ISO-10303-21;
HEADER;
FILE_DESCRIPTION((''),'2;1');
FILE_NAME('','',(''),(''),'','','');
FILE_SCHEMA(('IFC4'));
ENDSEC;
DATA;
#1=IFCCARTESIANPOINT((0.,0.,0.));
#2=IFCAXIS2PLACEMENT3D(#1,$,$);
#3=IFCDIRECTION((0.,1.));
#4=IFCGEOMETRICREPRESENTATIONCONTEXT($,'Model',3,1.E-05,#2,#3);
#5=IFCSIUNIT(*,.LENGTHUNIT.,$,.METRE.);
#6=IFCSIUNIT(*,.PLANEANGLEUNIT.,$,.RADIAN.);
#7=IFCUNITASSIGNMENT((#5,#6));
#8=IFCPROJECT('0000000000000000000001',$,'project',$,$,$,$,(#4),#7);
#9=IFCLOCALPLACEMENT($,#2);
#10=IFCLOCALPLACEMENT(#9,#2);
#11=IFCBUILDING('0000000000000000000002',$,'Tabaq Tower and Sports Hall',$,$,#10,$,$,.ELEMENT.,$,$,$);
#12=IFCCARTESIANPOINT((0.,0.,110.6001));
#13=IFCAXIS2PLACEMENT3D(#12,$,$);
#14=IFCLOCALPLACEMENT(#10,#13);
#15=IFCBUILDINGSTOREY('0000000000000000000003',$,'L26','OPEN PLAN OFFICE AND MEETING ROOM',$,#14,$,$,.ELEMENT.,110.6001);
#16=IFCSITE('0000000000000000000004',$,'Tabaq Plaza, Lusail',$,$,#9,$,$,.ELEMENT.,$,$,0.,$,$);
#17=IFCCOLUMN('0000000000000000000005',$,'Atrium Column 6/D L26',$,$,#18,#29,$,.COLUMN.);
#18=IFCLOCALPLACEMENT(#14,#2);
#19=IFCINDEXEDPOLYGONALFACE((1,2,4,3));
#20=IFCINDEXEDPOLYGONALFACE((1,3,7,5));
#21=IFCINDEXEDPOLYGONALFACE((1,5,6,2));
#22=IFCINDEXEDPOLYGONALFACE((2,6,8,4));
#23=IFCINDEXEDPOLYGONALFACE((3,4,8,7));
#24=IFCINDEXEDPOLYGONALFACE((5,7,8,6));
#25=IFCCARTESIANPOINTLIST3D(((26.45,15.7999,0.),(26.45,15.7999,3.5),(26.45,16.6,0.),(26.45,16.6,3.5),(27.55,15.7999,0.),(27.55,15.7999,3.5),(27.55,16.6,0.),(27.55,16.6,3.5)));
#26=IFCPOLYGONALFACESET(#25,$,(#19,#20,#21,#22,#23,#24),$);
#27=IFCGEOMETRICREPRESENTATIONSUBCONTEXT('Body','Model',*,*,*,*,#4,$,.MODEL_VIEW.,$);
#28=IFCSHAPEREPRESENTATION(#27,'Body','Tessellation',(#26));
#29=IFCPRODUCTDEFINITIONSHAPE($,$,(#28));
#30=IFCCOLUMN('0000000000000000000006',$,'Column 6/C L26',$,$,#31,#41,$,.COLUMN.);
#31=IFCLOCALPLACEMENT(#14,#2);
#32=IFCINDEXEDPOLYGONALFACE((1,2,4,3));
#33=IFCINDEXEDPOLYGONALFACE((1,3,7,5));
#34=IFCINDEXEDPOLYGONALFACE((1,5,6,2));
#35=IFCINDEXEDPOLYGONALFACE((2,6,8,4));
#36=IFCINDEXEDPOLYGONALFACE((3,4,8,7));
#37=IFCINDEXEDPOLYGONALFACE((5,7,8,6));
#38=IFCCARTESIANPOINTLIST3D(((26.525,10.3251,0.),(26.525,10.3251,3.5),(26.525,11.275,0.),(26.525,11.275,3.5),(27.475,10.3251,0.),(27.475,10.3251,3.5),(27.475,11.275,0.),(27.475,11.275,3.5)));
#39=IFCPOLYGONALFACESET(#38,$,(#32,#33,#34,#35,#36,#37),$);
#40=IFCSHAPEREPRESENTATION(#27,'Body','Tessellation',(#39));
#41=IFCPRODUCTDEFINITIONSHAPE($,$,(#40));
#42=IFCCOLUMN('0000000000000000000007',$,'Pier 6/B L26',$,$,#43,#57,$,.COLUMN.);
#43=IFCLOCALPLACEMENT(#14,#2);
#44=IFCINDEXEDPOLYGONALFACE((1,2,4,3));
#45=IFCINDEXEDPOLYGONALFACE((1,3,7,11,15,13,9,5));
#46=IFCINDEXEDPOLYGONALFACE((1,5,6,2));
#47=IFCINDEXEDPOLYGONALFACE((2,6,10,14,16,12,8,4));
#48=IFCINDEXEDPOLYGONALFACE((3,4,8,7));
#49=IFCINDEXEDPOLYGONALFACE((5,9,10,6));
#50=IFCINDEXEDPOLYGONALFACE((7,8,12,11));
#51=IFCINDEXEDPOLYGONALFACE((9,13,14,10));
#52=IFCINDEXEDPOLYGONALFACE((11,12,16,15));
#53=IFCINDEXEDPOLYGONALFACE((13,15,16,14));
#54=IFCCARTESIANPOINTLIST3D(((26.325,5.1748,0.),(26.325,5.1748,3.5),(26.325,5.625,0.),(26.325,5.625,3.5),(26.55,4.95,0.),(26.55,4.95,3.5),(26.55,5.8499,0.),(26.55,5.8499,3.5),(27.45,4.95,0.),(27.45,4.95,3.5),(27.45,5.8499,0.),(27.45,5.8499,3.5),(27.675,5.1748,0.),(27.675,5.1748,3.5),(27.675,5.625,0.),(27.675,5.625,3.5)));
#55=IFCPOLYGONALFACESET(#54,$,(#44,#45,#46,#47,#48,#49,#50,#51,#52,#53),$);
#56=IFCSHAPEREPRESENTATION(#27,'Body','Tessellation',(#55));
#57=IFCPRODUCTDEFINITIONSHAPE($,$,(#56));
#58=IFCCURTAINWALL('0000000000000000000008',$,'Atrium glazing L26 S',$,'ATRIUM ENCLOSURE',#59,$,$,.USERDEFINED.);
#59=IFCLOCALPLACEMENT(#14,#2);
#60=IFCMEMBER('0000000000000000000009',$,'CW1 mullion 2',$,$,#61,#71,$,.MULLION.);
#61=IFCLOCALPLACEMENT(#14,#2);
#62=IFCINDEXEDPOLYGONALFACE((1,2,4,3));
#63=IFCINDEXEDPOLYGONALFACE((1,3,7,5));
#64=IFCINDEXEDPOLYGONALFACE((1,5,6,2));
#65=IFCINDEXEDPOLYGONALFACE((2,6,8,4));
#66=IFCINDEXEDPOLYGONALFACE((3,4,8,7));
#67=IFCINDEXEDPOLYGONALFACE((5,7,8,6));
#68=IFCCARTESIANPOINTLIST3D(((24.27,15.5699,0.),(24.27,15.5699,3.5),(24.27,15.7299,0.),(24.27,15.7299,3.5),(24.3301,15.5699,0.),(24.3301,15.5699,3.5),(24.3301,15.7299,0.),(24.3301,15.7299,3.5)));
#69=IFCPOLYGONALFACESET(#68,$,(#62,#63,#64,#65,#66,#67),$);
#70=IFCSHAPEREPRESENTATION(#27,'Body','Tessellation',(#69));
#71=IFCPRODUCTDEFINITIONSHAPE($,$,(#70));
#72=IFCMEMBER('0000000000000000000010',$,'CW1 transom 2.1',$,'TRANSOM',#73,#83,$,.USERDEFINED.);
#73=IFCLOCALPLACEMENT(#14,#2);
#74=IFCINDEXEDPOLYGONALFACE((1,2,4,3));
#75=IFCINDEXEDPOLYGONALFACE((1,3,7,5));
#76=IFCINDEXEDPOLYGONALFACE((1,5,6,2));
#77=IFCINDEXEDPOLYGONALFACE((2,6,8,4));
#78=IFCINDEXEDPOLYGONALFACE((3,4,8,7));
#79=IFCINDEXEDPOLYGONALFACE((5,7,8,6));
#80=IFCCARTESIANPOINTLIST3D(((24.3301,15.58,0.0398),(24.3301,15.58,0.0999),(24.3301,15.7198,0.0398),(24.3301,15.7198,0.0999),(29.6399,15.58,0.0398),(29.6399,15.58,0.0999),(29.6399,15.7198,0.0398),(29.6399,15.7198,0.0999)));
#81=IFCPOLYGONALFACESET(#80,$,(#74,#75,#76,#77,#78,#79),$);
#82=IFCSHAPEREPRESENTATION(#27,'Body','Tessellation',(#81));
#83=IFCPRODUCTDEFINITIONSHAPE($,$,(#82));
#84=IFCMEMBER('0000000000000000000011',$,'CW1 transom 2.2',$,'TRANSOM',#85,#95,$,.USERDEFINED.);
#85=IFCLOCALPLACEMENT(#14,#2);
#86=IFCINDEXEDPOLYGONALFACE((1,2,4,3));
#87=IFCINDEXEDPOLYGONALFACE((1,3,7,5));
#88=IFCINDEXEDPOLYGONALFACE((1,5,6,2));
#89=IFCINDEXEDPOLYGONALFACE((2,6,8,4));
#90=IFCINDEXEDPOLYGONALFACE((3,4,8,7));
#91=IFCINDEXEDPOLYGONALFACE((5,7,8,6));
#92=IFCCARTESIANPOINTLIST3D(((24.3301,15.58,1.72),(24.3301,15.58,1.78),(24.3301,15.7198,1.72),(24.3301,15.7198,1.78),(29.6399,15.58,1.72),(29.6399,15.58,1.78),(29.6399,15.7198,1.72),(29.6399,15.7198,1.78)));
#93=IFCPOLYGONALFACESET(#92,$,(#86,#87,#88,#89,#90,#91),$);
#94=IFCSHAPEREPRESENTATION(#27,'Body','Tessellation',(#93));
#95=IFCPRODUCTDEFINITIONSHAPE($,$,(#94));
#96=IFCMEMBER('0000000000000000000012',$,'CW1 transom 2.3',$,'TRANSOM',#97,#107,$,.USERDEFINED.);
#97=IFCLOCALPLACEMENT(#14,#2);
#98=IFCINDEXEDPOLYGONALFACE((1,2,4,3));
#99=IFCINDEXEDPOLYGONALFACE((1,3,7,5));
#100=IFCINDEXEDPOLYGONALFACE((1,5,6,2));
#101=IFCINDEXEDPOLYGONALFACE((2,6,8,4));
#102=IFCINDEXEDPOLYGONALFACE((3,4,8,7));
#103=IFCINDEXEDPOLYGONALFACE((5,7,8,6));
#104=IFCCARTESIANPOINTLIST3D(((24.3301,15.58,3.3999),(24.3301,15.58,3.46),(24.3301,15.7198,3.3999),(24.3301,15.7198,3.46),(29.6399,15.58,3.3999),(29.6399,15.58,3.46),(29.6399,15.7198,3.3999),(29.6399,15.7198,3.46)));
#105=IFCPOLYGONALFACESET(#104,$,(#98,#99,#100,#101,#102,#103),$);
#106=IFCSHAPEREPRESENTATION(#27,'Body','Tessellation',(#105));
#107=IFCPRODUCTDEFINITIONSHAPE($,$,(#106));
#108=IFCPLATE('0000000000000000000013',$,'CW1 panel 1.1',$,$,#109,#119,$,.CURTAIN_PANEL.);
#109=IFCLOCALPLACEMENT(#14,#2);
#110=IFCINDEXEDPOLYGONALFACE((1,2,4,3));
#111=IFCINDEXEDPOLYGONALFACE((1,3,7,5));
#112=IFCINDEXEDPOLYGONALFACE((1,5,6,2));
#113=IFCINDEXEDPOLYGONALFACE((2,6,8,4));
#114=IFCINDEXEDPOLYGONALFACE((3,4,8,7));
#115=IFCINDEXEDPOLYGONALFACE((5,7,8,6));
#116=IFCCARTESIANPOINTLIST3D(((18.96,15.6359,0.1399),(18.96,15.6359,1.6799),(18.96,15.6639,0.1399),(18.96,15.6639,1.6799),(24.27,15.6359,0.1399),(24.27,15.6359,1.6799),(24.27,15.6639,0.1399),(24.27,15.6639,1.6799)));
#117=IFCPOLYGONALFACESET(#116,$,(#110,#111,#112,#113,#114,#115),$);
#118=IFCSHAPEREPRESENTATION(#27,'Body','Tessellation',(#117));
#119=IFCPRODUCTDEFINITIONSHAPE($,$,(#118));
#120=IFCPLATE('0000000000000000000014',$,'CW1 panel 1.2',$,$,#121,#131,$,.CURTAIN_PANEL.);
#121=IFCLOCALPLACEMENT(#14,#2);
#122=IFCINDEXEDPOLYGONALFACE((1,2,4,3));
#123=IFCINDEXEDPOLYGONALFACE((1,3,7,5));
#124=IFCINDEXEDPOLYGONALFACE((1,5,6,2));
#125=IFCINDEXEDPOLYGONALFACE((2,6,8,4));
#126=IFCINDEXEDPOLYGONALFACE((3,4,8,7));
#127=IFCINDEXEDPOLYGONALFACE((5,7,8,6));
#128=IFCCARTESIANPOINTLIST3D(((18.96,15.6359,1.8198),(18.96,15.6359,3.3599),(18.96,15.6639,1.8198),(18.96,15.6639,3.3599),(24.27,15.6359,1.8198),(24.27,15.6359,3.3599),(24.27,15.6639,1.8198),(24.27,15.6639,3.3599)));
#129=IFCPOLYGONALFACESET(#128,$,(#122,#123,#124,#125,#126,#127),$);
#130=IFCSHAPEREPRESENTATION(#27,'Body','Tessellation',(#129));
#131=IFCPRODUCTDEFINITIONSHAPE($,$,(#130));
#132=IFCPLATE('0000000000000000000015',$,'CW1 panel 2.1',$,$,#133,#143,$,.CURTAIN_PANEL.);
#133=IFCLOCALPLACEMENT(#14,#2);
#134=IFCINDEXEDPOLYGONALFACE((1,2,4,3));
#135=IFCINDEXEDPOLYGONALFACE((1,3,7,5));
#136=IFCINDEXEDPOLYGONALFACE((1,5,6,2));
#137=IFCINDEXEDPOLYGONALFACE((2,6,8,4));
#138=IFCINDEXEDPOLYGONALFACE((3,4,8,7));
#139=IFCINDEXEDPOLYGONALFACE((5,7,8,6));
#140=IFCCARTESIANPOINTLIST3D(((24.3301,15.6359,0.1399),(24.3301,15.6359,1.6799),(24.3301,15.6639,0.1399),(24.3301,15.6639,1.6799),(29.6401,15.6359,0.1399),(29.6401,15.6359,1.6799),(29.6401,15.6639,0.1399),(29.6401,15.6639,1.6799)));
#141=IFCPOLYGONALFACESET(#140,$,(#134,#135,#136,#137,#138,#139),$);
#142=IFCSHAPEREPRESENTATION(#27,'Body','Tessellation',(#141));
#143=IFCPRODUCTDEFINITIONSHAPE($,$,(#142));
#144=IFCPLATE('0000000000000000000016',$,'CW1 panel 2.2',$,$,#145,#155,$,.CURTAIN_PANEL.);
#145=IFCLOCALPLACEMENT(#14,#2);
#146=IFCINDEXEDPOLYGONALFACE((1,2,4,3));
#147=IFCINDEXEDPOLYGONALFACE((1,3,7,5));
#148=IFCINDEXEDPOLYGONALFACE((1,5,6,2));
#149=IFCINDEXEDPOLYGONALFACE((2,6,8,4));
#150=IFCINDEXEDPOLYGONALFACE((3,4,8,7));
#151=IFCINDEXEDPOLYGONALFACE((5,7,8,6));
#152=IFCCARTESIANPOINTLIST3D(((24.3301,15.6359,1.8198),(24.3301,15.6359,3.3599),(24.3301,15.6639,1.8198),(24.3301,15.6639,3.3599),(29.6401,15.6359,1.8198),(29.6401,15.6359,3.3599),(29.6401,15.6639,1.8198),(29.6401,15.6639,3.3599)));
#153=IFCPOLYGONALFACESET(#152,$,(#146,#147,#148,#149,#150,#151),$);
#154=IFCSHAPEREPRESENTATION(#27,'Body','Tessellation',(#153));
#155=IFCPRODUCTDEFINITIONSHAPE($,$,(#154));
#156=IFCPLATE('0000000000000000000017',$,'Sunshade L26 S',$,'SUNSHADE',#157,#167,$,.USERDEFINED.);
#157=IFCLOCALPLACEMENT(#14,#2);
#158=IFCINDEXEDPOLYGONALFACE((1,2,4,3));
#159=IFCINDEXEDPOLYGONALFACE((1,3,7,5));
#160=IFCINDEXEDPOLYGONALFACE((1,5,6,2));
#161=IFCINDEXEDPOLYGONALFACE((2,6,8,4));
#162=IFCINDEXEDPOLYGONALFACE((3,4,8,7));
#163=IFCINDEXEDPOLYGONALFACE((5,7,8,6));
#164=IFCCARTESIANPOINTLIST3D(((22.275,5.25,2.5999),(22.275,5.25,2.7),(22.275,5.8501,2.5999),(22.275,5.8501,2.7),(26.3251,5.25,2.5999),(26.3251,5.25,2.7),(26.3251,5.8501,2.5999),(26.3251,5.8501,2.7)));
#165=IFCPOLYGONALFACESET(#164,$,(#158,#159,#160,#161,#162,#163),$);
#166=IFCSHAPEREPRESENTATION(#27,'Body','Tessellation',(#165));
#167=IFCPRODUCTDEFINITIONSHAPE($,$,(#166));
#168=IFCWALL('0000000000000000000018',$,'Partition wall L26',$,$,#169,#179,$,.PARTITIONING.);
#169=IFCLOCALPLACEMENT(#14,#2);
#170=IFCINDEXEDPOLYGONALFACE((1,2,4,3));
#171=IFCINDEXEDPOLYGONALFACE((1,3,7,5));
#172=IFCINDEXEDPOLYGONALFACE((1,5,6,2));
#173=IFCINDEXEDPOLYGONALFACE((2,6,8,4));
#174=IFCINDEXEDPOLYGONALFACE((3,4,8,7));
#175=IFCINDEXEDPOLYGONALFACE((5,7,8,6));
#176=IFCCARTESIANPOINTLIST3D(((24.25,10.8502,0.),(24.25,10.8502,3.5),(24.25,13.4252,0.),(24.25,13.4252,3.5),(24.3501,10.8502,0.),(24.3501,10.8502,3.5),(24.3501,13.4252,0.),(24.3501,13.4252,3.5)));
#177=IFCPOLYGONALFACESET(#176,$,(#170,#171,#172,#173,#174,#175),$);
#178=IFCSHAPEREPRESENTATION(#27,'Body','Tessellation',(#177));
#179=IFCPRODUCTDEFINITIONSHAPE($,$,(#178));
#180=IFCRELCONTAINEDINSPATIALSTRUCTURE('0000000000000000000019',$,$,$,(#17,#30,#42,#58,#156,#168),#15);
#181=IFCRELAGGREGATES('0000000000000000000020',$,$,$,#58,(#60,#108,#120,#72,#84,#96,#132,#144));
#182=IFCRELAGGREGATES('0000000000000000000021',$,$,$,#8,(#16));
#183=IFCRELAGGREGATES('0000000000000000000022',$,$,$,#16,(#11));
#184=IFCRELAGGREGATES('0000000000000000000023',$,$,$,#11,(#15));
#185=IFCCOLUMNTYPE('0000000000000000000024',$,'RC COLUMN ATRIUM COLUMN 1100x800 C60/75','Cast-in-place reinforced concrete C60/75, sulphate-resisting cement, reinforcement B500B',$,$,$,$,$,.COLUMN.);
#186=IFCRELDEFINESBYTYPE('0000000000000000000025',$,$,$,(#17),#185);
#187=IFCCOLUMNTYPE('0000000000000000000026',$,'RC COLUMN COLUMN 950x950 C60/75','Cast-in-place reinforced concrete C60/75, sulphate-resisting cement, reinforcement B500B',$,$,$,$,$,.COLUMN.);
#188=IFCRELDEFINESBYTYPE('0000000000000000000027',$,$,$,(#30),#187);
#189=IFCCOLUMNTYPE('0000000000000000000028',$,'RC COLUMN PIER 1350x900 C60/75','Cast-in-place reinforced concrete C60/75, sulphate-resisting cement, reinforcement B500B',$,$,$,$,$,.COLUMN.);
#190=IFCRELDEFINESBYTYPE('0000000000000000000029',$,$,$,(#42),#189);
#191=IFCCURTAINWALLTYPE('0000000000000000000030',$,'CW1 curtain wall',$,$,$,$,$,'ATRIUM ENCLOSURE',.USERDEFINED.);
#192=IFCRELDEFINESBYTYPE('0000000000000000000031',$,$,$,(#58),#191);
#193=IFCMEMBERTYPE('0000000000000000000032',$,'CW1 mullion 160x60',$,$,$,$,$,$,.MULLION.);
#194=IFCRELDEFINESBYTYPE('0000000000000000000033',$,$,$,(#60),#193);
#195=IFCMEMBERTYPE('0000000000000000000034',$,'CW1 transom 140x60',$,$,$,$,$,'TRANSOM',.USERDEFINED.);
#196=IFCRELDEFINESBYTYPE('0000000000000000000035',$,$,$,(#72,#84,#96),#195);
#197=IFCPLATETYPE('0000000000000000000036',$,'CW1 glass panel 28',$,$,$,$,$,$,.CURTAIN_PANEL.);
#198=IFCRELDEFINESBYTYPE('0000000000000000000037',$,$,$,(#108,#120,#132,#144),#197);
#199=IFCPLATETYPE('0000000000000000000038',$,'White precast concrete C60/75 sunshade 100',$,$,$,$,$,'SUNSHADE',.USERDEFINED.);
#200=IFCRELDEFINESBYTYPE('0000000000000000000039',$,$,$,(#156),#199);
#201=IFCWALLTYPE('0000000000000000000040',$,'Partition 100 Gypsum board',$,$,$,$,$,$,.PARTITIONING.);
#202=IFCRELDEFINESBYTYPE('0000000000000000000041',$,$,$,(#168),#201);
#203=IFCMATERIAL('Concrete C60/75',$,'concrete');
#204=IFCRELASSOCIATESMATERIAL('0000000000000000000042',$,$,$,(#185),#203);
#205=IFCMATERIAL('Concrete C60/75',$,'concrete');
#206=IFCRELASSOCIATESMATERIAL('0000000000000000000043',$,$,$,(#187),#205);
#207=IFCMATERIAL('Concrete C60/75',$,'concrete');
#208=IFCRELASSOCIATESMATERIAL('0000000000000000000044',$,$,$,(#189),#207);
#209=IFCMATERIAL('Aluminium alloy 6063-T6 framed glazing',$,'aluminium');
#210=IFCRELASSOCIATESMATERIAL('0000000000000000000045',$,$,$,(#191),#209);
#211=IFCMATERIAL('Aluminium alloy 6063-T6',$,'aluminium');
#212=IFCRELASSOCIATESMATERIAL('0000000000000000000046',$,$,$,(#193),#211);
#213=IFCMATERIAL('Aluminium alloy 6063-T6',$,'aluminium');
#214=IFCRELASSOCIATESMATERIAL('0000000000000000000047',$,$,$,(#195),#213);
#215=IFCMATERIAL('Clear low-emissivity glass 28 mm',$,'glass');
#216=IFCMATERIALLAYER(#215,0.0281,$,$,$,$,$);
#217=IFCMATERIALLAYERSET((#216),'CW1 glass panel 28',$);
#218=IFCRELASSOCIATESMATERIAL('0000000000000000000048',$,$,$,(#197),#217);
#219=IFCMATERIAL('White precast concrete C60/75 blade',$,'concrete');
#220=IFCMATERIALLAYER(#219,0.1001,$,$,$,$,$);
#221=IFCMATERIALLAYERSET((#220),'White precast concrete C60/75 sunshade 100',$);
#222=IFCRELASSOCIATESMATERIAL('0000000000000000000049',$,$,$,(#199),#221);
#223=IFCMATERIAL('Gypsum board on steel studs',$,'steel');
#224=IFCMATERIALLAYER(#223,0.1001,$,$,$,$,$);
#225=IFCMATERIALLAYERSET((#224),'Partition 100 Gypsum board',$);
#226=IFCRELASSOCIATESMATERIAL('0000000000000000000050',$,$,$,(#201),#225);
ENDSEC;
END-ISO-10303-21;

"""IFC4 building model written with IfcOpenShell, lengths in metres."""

from ifc_helpers import new_model, si_unit, direction, frame, frame_2d, origin, origin_2d, place, context, subcontext, project, spatial, polyline, rectangle, outline, extrude, material, layer, layer_set, material_profile, profile_set, type_object, element, aggregate, save


model = new_model("IFC4")

# Units and contexts
model_context = context("Model", 3, precision=1e-05, world=origin(), true_north=direction((0.0, 1.0)))
body_context = subcontext(model_context, "Body", "Model", "MODEL_VIEW")
ifc_project = project(units=[si_unit("LENGTHUNIT", "METRE"), si_unit("PLANEANGLEUNIT", "RADIAN")], contexts=[model_context])

# Site, building, storey
site_placement = place(None, origin())
site = spatial("IfcSite", under=ifc_project, at=site_placement, Name="Tabaq Plaza, Lusail", CompositionType="ELEMENT", RefElevation=0.0)
building_placement = place(site_placement, origin())
building = spatial("IfcBuilding", under=site, at=building_placement, Name="Tabaq Tower and Sports Hall", CompositionType="ELEMENT")
storey_placement = place(building_placement, frame((0.0, 0.0, 110.6001)))
storey = spatial("IfcBuildingStorey", under=building, at=storey_placement, Name="L26", Description="OPEN PLAN OFFICE AND MEETING ROOM", CompositionType="ELEMENT", Elevation=110.6001)

# Columns
ifc_material_1 = material(Name="Concrete C60/75", Category="concrete")
ifc_material_profile_1 = material_profile(ifc_material_1, rectangle(XDim=1.1001, YDim=0.8, at=origin_2d()), Name="ATRIUM COLUMN 1100x800")
ifc_profile_set_1 = profile_set([ifc_material_profile_1], Name="Concrete C60/75")
column_type_1 = type_object("IfcColumnType", Name="RC COLUMN ATRIUM COLUMN 1100x800 C60/75", Description="Cast-in-place reinforced concrete C60/75, sulphate-resisting cement, reinforcement B500B", PredefinedType="COLUMN", material=ifc_profile_set_1)
column_1_placement = place(storey_placement, frame((27.0, 16.2, 0.0), z_axis=(0.0, 0.0, 1.0), x_axis=(1.0, 0.0, 0.0)))
element("IfcColumn", 1, at=column_1_placement, inside=storey, type_object=column_type_1, Name="Atrium Column 6/D L26", PredefinedType="COLUMN", context=body_context, shape_type="SweptSolid", body=[
    extrude(rectangle(XDim=1.1001, YDim=0.8, at=origin_2d()), origin(), (0.0, 0.0, 1.0), 3.5),
])
ifc_material_2 = material(Name="Concrete C60/75", Category="concrete")
ifc_material_profile_2 = material_profile(ifc_material_2, rectangle(XDim=0.95, YDim=0.95, at=origin_2d()), Name="COLUMN 950x950")
ifc_profile_set_2 = profile_set([ifc_material_profile_2], Name="Concrete C60/75")
column_type_2 = type_object("IfcColumnType", Name="RC COLUMN COLUMN 950x950 C60/75", Description="Cast-in-place reinforced concrete C60/75, sulphate-resisting cement, reinforcement B500B", PredefinedType="COLUMN", material=ifc_profile_set_2)
column_2_placement = place(storey_placement, frame((27.0, 10.8, 0.0), z_axis=(0.0, 0.0, 1.0), x_axis=(1.0, 0.0, 0.0)))
element("IfcColumn", 2, at=column_2_placement, inside=storey, type_object=column_type_2, Name="Column 6/C L26", PredefinedType="COLUMN", context=body_context, shape_type="SweptSolid", body=[
    extrude(rectangle(XDim=0.95, YDim=0.95, at=origin_2d()), origin(), (0.0, 0.0, 1.0), 3.5),
])
ifc_material_3 = material(Name="Concrete C60/75", Category="concrete")
ifc_material_profile_3 = material_profile(ifc_material_3, outline(polyline([(-0.45, -0.45), (0.45, -0.45), (0.675, -0.2251), (0.675, 0.2251), (0.45, 0.45), (-0.45, 0.45), (-0.675, 0.2251), (-0.675, -0.2251), (-0.45, -0.45)])), Name="PIER 1350x900")
ifc_profile_set_3 = profile_set([ifc_material_profile_3], Name="Concrete C60/75")
column_type_3 = type_object("IfcColumnType", Name="RC COLUMN PIER 1350x900 C60/75", Description="Cast-in-place reinforced concrete C60/75, sulphate-resisting cement, reinforcement B500B", PredefinedType="COLUMN", material=ifc_profile_set_3)
column_3_placement = place(storey_placement, frame((27.0, 5.3999, 0.0), z_axis=(0.0, 0.0, 1.0), x_axis=(1.0, 0.0, 0.0)))
element("IfcColumn", 3, at=column_3_placement, inside=storey, type_object=column_type_3, Name="Pier 6/B L26", PredefinedType="COLUMN", context=body_context, shape_type="SweptSolid", body=[
    extrude(outline(polyline([(-0.45, -0.45), (0.45, -0.45), (0.675, -0.2251), (0.675, 0.2251), (0.45, 0.45), (-0.45, 0.45), (-0.675, 0.2251), (-0.675, -0.2251), (-0.45, -0.45)])), origin(), (0.0, 0.0, 1.0), 3.5),
])

# Curtain wall, members, plates
ifc_material_4 = material(Name="Aluminium alloy 6063-T6 framed glazing", Category="aluminium")
curtain_wall_type = type_object("IfcCurtainWallType", Name="CW1 curtain wall", ElementType="ATRIUM ENCLOSURE", PredefinedType="USERDEFINED", material=ifc_material_4)
curtain_wall_placement = place(storey_placement, origin())
curtain_wall = element("IfcCurtainWall", 4, at=curtain_wall_placement, inside=storey, type_object=curtain_wall_type, Name="Atrium glazing L26 S", ObjectType="ATRIUM ENCLOSURE", PredefinedType="USERDEFINED")
ifc_material_5 = material(Name="Aluminium alloy 6063-T6", Category="aluminium")
ifc_material_profile_4 = material_profile(ifc_material_5, rectangle(XDim=0.1599, YDim=0.0601, at=origin_2d()), Name="MULLION 160x60")
ifc_profile_set_4 = profile_set([ifc_material_profile_4], Name="Aluminium alloy 6063-T6")
member_type_1 = type_object("IfcMemberType", Name="CW1 mullion 160x60", PredefinedType="MULLION", material=ifc_profile_set_4)
member_1_placement = place(storey_placement, frame((24.3, 15.6499, 0.0), z_axis=(0.0, 0.0, 1.0), x_axis=(0.0, 1.0, 0.0)))
member_1 = element("IfcMember", 5, at=member_1_placement, type_object=member_type_1, Name="CW1 mullion 2", PredefinedType="MULLION", context=body_context, shape_type="SweptSolid", body=[
    extrude(rectangle(XDim=0.1599, YDim=0.0601, at=origin_2d()), origin(), (0.0, 0.0, 1.0), 3.5),
])
ifc_material_6 = material(Name="Aluminium alloy 6063-T6", Category="aluminium")
ifc_material_profile_5 = material_profile(ifc_material_6, rectangle(XDim=0.1399, YDim=0.0601, at=origin_2d()), Name="TRANSOM 140x60")
ifc_profile_set_5 = profile_set([ifc_material_profile_5], Name="Aluminium alloy 6063-T6")
member_type_2 = type_object("IfcMemberType", Name="CW1 transom 140x60", ElementType="TRANSOM", PredefinedType="USERDEFINED", material=ifc_profile_set_5)
member_2_placement = place(storey_placement, frame((24.3301, 15.6499, 0.0698), z_axis=(1.0, 0.0, 0.0), x_axis=(0.0, 1.0, 0.0)))
member_2 = element("IfcMember", 6, at=member_2_placement, type_object=member_type_2, Name="CW1 transom 2.1", ObjectType="TRANSOM", PredefinedType="USERDEFINED", context=body_context, shape_type="SweptSolid", body=[
    extrude(rectangle(XDim=0.1399, YDim=0.0601, at=origin_2d()), origin(), (0.0, 0.0, 1.0), 5.3098),
])
member_3_placement = place(storey_placement, frame((24.3301, 15.6499, 1.75), z_axis=(1.0, 0.0, 0.0), x_axis=(0.0, 1.0, 0.0)))
member_3 = element("IfcMember", 7, at=member_3_placement, type_object=member_type_2, Name="CW1 transom 2.2", ObjectType="TRANSOM", PredefinedType="USERDEFINED", context=body_context, shape_type="SweptSolid", body=[
    extrude(rectangle(XDim=0.1399, YDim=0.0601, at=origin_2d()), origin(), (0.0, 0.0, 1.0), 5.3098),
])
member_4_placement = place(storey_placement, frame((24.3301, 15.6499, 3.4299), z_axis=(1.0, 0.0, 0.0), x_axis=(0.0, 1.0, 0.0)))
member_4 = element("IfcMember", 8, at=member_4_placement, type_object=member_type_2, Name="CW1 transom 2.3", ObjectType="TRANSOM", PredefinedType="USERDEFINED", context=body_context, shape_type="SweptSolid", body=[
    extrude(rectangle(XDim=0.1399, YDim=0.0601, at=origin_2d()), origin(), (0.0, 0.0, 1.0), 5.3098),
])
ifc_material_7 = material(Name="Clear low-emissivity glass 28 mm", Category="glass")
ifc_layer_1 = layer(ifc_material_7, 0.0281)
ifc_layer_set_1 = layer_set([ifc_layer_1], Name="CW1 glass panel 28")
plate_type_1 = type_object("IfcPlateType", Name="CW1 glass panel 28", PredefinedType="CURTAIN_PANEL", material=ifc_layer_set_1)
plate_1_placement = place(storey_placement, frame((21.615, 15.6499, 0.1399), z_axis=(0.0, 0.0, 1.0), x_axis=(1.0, 0.0, 0.0)))
plate_1 = element("IfcPlate", 9, at=plate_1_placement, type_object=plate_type_1, Name="CW1 panel 1.1", PredefinedType="CURTAIN_PANEL", context=body_context, shape_type="SweptSolid", body=[
    extrude(rectangle(XDim=5.3101, YDim=0.0281, at=origin_2d()), origin(), (0.0, 0.0, 1.0), 1.54),
])
plate_2_placement = place(storey_placement, frame((21.615, 15.6499, 1.8198), z_axis=(0.0, 0.0, 1.0), x_axis=(1.0, 0.0, 0.0)))
plate_2 = element("IfcPlate", 10, at=plate_2_placement, type_object=plate_type_1, Name="CW1 panel 1.2", PredefinedType="CURTAIN_PANEL", context=body_context, shape_type="SweptSolid", body=[
    extrude(rectangle(XDim=5.3101, YDim=0.0281, at=origin_2d()), origin(), (0.0, 0.0, 1.0), 1.54),
])
plate_3_placement = place(storey_placement, frame((26.9851, 15.6499, 0.1399), z_axis=(0.0, 0.0, 1.0), x_axis=(1.0, 0.0, 0.0)))
plate_3 = element("IfcPlate", 11, at=plate_3_placement, type_object=plate_type_1, Name="CW1 panel 2.1", PredefinedType="CURTAIN_PANEL", context=body_context, shape_type="SweptSolid", body=[
    extrude(rectangle(XDim=5.3101, YDim=0.0281, at=origin_2d()), origin(), (0.0, 0.0, 1.0), 1.54),
])
plate_4_placement = place(storey_placement, frame((26.9851, 15.6499, 1.8198), z_axis=(0.0, 0.0, 1.0), x_axis=(1.0, 0.0, 0.0)))
plate_4 = element("IfcPlate", 12, at=plate_4_placement, type_object=plate_type_1, Name="CW1 panel 2.2", PredefinedType="CURTAIN_PANEL", context=body_context, shape_type="SweptSolid", body=[
    extrude(rectangle(XDim=5.3101, YDim=0.0281, at=origin_2d()), origin(), (0.0, 0.0, 1.0), 1.54),
])
aggregate(curtain_wall, [member_1, plate_1, plate_2, member_2, member_3, member_4, plate_3, plate_4])

# Plate
ifc_material_8 = material(Name="White precast concrete C60/75 blade", Category="concrete")
ifc_layer_2 = layer(ifc_material_8, 0.1001)
ifc_layer_set_2 = layer_set([ifc_layer_2], Name="White precast concrete C60/75 sunshade 100")
plate_type_2 = type_object("IfcPlateType", Name="White precast concrete C60/75 sunshade 100", ElementType="SUNSHADE", PredefinedType="USERDEFINED", material=ifc_layer_set_2)
plate_5_placement = place(storey_placement, frame((24.3, 5.55, 2.5999), z_axis=(0.0, 0.0, 1.0), x_axis=(1.0, 0.0, 0.0)))
element("IfcPlate", 13, at=plate_5_placement, inside=storey, type_object=plate_type_2, Name="Sunshade L26 S", ObjectType="SUNSHADE", PredefinedType="USERDEFINED", context=body_context, shape_type="SweptSolid", body=[
    extrude(rectangle(XDim=4.05, YDim=0.6001, at=origin_2d()), origin(), (0.0, 0.0, 1.0), 0.1001),
])

# Wall
ifc_material_9 = material(Name="Gypsum board on steel studs", Category="steel")
ifc_layer_3 = layer(ifc_material_9, 0.1001)
ifc_layer_set_3 = layer_set([ifc_layer_3], Name="Partition 100 Gypsum board")
wall_type = type_object("IfcWallType", Name="Partition 100 Gypsum board", PredefinedType="PARTITIONING", material=ifc_layer_set_3)
wall_1_placement = place(storey_placement, frame((24.3, 10.8501, 0.0), z_axis=(0.0, 0.0, 1.0), x_axis=(0.0, 1.0, 0.0)))
element("IfcWall", 14, at=wall_1_placement, inside=storey, type_object=wall_type, Name="Partition wall L26", PredefinedType="PARTITIONING", context=body_context, shape_type="SweptSolid", body=[
    extrude(rectangle(XDim=2.575, YDim=0.1001, at=frame_2d((1.2876, 0.0))), origin(), (0.0, 0.0, 1.0), 3.5),
])

save(model, "model.ifc")
